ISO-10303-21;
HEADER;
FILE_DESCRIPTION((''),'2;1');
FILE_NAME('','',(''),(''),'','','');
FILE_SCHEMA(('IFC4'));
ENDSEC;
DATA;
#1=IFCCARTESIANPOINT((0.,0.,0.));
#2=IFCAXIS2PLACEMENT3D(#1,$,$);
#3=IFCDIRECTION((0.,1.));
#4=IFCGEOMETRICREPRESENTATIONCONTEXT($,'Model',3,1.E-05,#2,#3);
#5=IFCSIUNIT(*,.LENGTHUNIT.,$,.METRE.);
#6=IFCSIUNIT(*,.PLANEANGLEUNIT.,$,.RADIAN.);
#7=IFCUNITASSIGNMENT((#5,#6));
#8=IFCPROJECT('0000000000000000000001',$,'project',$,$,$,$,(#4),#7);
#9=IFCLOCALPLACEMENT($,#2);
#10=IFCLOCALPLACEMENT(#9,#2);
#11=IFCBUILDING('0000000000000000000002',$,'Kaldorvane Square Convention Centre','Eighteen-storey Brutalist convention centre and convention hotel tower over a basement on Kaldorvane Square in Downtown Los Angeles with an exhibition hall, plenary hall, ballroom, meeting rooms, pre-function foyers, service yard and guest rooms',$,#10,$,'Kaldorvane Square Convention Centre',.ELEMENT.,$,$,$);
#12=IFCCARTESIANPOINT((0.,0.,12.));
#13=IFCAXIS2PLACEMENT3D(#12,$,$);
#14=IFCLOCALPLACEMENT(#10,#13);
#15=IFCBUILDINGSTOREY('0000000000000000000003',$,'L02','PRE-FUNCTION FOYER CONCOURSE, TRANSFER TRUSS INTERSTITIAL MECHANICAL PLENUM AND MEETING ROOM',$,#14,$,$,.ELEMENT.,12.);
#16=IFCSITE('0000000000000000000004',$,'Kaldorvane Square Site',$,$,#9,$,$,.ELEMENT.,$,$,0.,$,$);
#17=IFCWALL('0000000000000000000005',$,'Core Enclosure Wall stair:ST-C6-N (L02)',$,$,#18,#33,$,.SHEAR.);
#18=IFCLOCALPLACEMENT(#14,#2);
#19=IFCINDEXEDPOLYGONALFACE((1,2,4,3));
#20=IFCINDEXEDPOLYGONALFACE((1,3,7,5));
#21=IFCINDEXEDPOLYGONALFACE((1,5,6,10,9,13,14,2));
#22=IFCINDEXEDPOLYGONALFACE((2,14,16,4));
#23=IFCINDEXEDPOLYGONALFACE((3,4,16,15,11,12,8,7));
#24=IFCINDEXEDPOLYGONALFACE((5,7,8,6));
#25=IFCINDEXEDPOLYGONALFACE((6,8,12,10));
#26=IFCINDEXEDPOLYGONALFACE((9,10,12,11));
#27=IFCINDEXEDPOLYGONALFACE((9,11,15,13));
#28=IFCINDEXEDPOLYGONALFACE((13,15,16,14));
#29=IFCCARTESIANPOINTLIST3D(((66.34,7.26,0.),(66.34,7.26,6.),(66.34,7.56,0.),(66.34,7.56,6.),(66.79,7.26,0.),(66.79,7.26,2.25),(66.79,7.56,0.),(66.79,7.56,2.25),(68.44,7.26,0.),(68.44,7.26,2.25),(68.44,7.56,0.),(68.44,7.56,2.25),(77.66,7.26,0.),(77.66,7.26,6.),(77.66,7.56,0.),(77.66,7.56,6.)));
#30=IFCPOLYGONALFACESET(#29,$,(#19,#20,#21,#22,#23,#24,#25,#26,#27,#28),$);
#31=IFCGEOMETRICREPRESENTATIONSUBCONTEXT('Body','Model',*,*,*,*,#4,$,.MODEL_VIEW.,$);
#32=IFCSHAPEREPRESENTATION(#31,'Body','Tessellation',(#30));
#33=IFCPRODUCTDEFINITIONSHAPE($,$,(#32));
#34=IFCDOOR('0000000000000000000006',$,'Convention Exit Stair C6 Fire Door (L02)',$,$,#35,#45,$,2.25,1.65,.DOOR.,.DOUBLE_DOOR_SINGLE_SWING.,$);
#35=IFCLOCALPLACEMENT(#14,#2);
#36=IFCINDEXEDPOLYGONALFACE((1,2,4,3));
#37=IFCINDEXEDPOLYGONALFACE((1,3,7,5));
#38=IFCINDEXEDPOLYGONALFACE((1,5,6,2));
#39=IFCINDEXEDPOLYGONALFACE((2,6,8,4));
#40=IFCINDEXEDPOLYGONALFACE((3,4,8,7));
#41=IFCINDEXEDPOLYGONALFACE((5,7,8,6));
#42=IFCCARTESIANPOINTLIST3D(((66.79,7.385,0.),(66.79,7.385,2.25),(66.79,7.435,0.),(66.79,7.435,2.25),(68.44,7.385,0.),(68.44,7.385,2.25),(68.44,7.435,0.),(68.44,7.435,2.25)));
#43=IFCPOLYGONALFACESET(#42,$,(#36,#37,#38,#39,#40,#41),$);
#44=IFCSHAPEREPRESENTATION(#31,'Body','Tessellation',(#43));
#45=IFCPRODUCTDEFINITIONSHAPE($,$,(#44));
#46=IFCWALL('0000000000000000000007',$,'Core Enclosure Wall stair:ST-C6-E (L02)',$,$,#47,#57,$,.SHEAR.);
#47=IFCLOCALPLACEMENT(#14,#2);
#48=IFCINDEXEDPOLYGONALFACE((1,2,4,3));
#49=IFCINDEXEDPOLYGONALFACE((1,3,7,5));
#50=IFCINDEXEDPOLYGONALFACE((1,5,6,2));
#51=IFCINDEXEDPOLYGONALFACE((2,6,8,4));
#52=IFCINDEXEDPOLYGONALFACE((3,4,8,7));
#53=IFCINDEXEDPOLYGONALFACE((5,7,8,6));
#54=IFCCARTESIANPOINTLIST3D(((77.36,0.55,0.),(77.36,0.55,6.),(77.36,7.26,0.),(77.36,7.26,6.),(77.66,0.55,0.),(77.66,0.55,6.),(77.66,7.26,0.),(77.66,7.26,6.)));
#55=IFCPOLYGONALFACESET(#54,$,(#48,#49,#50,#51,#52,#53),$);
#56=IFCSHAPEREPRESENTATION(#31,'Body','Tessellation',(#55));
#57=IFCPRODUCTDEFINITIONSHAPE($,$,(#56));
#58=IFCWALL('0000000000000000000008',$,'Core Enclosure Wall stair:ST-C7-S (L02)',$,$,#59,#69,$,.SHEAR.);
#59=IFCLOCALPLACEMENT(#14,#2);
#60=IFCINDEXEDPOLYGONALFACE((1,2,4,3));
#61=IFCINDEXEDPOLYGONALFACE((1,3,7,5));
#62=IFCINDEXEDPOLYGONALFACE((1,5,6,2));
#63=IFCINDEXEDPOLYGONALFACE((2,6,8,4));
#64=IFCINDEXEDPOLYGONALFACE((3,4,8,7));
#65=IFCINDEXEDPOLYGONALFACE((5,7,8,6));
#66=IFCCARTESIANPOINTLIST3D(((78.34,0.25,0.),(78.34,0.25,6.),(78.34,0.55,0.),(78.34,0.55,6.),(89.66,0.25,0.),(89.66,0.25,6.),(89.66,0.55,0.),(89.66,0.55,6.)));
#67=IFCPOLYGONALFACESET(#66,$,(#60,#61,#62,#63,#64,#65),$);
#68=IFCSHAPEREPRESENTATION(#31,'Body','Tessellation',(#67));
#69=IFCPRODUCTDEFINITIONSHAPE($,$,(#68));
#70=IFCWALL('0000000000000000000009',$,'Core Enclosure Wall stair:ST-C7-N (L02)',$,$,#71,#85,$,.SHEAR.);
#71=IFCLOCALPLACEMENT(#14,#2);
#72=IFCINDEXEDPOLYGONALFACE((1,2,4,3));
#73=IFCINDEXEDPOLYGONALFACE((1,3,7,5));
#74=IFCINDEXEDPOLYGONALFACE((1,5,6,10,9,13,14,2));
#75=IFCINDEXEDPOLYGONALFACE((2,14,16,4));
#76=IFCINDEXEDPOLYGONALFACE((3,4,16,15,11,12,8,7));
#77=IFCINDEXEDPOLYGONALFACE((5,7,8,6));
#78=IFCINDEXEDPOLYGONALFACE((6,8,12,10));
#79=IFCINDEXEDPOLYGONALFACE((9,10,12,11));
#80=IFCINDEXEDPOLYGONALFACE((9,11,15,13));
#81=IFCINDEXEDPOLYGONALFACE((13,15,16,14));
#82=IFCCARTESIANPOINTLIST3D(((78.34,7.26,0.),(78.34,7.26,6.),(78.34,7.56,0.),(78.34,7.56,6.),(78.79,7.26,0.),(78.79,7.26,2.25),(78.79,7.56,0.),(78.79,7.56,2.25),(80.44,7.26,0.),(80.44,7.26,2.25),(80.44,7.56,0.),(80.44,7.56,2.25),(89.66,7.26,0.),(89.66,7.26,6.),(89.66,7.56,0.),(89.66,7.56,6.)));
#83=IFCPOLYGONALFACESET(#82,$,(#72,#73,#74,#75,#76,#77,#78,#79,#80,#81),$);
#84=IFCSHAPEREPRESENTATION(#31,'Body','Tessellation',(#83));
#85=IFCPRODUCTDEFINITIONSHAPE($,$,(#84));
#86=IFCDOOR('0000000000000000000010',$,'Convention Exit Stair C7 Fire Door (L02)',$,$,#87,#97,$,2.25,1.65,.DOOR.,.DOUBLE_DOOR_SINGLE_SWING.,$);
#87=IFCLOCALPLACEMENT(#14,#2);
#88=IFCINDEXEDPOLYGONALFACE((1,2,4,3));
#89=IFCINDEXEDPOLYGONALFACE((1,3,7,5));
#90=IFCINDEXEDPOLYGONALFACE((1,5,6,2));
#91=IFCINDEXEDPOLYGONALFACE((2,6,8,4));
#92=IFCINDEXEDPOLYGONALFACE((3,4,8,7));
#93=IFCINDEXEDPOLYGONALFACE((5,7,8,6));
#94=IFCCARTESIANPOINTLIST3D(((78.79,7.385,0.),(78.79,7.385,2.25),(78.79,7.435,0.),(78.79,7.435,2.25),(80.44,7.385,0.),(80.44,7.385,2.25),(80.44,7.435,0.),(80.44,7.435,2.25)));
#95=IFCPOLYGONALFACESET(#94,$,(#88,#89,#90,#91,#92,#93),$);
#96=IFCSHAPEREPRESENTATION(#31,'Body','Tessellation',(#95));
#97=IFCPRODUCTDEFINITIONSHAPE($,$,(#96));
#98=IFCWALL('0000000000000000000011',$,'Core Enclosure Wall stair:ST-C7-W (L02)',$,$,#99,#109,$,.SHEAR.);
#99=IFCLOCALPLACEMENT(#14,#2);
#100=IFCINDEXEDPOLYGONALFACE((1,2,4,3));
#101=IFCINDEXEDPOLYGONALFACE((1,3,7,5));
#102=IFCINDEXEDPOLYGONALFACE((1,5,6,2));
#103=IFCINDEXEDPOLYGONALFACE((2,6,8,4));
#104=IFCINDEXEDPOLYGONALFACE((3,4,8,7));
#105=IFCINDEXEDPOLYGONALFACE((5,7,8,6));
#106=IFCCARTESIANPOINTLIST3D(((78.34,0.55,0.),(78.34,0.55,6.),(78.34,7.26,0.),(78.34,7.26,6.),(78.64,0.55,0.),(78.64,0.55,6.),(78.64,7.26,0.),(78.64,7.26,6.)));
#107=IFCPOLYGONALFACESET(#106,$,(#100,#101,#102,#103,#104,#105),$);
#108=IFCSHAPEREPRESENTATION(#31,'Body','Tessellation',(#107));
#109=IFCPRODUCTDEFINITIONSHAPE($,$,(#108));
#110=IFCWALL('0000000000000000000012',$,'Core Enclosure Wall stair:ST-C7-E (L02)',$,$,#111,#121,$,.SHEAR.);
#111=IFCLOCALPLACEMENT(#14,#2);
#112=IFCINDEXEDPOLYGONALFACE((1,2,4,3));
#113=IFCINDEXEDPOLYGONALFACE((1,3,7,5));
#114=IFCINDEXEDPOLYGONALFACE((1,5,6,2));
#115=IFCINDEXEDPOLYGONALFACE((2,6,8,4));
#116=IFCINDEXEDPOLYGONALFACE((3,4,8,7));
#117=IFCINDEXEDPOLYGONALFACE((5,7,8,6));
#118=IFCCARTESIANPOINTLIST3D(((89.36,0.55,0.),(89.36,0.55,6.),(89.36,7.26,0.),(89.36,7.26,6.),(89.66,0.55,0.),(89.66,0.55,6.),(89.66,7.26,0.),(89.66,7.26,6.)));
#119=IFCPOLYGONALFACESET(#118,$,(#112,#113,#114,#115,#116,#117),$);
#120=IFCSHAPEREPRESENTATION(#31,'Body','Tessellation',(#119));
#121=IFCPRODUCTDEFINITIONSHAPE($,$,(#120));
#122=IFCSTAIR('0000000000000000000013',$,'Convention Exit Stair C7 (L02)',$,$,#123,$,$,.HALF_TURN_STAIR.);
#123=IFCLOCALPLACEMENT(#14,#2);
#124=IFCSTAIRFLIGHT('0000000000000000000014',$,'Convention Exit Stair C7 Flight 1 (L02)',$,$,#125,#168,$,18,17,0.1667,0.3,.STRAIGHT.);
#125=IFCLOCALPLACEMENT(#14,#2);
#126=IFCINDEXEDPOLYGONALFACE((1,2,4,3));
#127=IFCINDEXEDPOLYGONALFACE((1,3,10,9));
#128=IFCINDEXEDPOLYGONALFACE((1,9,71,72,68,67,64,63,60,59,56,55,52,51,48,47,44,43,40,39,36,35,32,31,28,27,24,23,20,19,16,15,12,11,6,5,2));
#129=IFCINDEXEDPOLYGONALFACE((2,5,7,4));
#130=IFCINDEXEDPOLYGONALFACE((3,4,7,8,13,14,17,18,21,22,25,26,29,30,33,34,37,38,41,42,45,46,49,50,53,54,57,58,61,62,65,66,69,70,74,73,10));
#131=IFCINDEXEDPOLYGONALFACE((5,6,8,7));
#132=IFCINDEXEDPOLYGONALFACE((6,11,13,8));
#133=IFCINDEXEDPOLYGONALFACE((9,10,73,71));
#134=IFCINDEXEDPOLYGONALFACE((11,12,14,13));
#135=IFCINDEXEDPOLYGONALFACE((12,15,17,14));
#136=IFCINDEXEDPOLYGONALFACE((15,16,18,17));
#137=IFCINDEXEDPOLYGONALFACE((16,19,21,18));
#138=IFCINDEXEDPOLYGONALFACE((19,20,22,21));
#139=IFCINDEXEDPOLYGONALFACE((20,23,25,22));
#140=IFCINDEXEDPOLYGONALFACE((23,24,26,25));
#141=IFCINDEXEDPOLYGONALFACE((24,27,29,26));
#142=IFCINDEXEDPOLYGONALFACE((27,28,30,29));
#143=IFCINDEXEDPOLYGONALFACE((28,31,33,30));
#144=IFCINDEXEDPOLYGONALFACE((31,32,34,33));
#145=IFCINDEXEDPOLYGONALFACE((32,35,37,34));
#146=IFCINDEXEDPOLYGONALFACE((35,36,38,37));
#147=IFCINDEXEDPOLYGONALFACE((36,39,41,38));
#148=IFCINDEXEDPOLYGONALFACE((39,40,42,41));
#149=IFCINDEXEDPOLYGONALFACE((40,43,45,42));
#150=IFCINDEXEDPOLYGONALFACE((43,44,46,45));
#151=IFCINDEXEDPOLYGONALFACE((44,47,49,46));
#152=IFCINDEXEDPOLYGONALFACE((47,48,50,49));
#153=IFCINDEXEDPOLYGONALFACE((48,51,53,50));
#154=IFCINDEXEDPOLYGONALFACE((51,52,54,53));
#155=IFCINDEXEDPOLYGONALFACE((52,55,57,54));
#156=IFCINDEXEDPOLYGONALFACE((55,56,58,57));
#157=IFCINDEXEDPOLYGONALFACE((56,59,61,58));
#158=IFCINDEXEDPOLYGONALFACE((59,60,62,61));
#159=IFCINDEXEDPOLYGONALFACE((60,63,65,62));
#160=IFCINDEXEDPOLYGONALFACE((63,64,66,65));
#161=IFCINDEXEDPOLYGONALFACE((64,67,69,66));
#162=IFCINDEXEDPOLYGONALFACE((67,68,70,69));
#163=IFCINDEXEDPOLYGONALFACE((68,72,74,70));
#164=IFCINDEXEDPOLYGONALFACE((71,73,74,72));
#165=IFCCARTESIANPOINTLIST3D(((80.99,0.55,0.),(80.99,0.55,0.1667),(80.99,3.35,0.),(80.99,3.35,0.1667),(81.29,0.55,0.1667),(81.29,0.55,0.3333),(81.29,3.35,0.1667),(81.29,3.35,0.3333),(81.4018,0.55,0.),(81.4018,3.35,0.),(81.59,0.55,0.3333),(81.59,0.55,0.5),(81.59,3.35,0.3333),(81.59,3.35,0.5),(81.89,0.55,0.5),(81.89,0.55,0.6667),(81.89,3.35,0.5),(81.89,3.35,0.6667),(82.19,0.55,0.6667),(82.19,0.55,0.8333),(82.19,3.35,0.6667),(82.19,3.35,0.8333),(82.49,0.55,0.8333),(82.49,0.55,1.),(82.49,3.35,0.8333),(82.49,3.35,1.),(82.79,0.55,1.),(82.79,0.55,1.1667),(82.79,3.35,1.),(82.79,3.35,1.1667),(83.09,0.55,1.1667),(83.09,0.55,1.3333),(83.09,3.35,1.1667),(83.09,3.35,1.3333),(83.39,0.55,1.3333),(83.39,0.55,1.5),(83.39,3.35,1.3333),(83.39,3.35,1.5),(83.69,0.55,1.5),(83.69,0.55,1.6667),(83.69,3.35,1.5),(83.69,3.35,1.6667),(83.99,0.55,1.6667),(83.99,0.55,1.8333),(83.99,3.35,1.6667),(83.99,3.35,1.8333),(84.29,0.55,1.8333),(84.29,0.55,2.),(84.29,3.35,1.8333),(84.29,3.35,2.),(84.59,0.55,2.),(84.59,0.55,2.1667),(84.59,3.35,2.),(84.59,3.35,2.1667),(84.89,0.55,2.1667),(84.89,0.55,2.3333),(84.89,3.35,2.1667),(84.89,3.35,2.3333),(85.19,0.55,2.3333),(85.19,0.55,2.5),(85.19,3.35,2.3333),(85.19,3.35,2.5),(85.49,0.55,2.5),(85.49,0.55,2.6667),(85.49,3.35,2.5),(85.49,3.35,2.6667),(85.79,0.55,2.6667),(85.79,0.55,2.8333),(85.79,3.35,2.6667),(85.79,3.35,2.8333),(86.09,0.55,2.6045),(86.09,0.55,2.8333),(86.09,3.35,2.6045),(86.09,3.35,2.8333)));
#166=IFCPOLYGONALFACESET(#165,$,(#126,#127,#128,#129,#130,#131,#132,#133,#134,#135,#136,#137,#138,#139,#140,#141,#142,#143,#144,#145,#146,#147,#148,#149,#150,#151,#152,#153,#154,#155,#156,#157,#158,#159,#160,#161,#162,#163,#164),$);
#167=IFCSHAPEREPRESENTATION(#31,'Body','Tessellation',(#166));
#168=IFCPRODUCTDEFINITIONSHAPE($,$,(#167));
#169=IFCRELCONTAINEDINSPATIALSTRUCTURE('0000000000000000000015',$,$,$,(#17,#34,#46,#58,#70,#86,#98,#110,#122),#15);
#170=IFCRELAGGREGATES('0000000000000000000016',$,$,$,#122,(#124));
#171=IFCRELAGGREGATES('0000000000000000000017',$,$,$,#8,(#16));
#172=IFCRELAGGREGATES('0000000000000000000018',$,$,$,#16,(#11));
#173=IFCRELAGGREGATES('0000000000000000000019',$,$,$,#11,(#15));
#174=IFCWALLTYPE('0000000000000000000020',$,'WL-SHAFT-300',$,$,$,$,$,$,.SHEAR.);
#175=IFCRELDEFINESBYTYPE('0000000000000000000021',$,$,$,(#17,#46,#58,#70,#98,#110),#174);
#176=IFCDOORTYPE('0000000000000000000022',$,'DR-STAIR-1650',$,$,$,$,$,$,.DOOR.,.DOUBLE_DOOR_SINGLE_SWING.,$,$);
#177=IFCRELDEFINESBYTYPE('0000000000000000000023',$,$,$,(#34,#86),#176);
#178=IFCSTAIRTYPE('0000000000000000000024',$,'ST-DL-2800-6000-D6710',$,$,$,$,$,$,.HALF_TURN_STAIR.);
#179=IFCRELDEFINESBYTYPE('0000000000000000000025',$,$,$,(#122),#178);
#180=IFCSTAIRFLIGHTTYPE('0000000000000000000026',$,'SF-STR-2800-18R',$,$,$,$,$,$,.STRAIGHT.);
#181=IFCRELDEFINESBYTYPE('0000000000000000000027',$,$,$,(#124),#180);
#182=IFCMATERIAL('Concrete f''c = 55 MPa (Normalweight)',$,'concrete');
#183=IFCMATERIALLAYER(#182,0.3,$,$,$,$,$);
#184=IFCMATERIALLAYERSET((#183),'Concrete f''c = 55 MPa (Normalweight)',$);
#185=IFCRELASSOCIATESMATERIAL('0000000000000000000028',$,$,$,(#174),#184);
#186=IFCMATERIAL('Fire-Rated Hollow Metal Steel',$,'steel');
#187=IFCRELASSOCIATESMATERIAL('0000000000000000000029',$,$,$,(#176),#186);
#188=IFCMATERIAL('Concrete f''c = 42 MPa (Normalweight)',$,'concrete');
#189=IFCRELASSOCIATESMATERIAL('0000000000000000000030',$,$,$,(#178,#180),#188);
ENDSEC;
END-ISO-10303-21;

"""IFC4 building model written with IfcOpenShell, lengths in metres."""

from ifc_helpers import new_model, si_unit, direction, frame, frame_2d, origin, place, context, subcontext, project, spatial, polyline, rectangle, outline, extrude, material, layer, layer_set, type_object, element, fill, aggregate, save


model = new_model("IFC4")

# Units and contexts
model_context = context("Model", 3, precision=1e-05, world=origin(), true_north=direction((0.0, 1.0)))
body_context = subcontext(model_context, "Body", "Model", "MODEL_VIEW")
ifc_project = project(units=[si_unit("LENGTHUNIT", "METRE"), si_unit("PLANEANGLEUNIT", "RADIAN")], contexts=[model_context])

# Site, building, storey
site_placement = place(None, origin())
site = spatial("IfcSite", under=ifc_project, at=site_placement, Name="Kaldorvane Square Site", CompositionType="ELEMENT", RefElevation=0.0)
building_placement = place(site_placement, origin())
building = spatial("IfcBuilding", under=site, at=building_placement, Name="Kaldorvane Square Convention Centre", Description="Eighteen-storey Brutalist convention centre and convention hotel tower over a basement on Kaldorvane Square in Downtown Los Angeles with an exhibition hall, plenary hall, ballroom, meeting rooms, pre-function foyers, service yard and guest rooms", LongName="Kaldorvane Square Convention Centre", CompositionType="ELEMENT")
storey_placement = place(building_placement, frame((0.0, 0.0, 12.0)))
storey = spatial("IfcBuildingStorey", under=building, at=storey_placement, Name="L02", Description="PRE-FUNCTION FOYER CONCOURSE, TRANSFER TRUSS INTERSTITIAL MECHANICAL PLENUM AND MEETING ROOM", CompositionType="ELEMENT", Elevation=12.0)

# Shared definitions
ifc_material_1 = material(Name="Concrete f'c = 55 MPa (Normalweight)", Category="concrete")

# Shared definitions
ifc_material_2 = material(Name="Concrete f'c = 42 MPa (Normalweight)", Category="concrete")

# Shared definitions
ifc_layer_1 = layer(ifc_material_1, 0.3)
ifc_layer_set_1 = layer_set([ifc_layer_1], Name="Concrete f'c = 55 MPa (Normalweight)")
wall_type_1 = type_object("IfcWallType", Name="WL-SHAFT-300", PredefinedType="SHEAR", material=ifc_layer_set_1)

# Wall, opening, door
wall_1_placement = place(storey_placement, frame((77.66, 7.41, 0.0), z_axis=(0.0, 0.0, 1.0), x_axis=(-1.0, 0.0, 0.0)))
wall_1 = element("IfcWall", 1, at=wall_1_placement, inside=storey, type_object=wall_type_1, Name="Core Enclosure Wall stair:ST-C6-N (L02)", PredefinedType="SHEAR", context=body_context, shape_type="SweptSolid", body=[
    extrude(rectangle(XDim=11.32, YDim=0.3, at=frame_2d((5.66, 0.0))), origin(), (0.0, 0.0, 1.0), 6.0),
])
opening_1_placement = place(wall_1_placement, frame((9.22, 0.0, 0.0)))
opening_1 = element("IfcOpeningElement", 2, at=opening_1_placement, cuts=wall_1, PredefinedType="OPENING", context=body_context, shape_type="SweptSolid", body=[
    extrude(rectangle(XDim=1.65, YDim=2.25, at=frame_2d((0.825, 1.125))), frame((0.0, 0.165, 0.0), z_axis=(0.0, -1.0, 0.0), x_axis=(1.0, 0.0, 0.0)), (0.0, 0.0, 1.0), 0.33),
])
ifc_material_3 = material(Name="Fire-Rated Hollow Metal Steel", Category="steel")
door_type = type_object("IfcDoorType", Name="DR-STAIR-1650", OperationType="DOUBLE_DOOR_SINGLE_SWING", PredefinedType="DOOR", material=ifc_material_3)
door_1_placement = place(opening_1_placement, origin())
door_1 = element("IfcDoor", 3, at=door_1_placement, inside=storey, type_object=door_type, Name="Convention Exit Stair C6 Fire Door (L02)", OperationType="DOUBLE_DOOR_SINGLE_SWING", OverallHeight=2.25, OverallWidth=1.65, PredefinedType="DOOR", context=body_context, shape_type="SweptSolid", body=[
    extrude(rectangle(XDim=1.65, YDim=2.25, at=frame_2d((0.825, 1.125))), frame((0.0, 0.025, 0.0), z_axis=(0.0, -1.0, 0.0), x_axis=(1.0, 0.0, 0.0)), (0.0, 0.0, 1.0), 0.05),
])
fill(opening_1, door_1)

# Walls
wall_2_placement = place(storey_placement, frame((77.51, 0.55, 0.0), z_axis=(0.0, 0.0, 1.0), x_axis=(0.0, 1.0, 0.0)))
element("IfcWall", 4, at=wall_2_placement, inside=storey, type_object=wall_type_1, Name="Core Enclosure Wall stair:ST-C6-E (L02)", PredefinedType="SHEAR", context=body_context, shape_type="SweptSolid", body=[
    extrude(rectangle(XDim=6.71, YDim=0.3, at=frame_2d((3.355, 0.0))), origin(), (0.0, 0.0, 1.0), 6.0),
])
wall_3_placement = place(storey_placement, frame((89.66, 0.4, 0.0), z_axis=(0.0, 0.0, 1.0), x_axis=(-1.0, 0.0, 0.0)))
element("IfcWall", 5, at=wall_3_placement, inside=storey, type_object=wall_type_1, Name="Core Enclosure Wall stair:ST-C7-S (L02)", PredefinedType="SHEAR", context=body_context, shape_type="SweptSolid", body=[
    extrude(rectangle(XDim=11.32, YDim=0.3, at=frame_2d((5.66, 0.0))), origin(), (0.0, 0.0, 1.0), 6.0),
])

# Wall, opening, door
wall_4_placement = place(storey_placement, frame((89.66, 7.41, 0.0), z_axis=(0.0, 0.0, 1.0), x_axis=(-1.0, 0.0, 0.0)))
wall_4 = element("IfcWall", 6, at=wall_4_placement, inside=storey, type_object=wall_type_1, Name="Core Enclosure Wall stair:ST-C7-N (L02)", PredefinedType="SHEAR", context=body_context, shape_type="SweptSolid", body=[
    extrude(rectangle(XDim=11.32, YDim=0.3, at=frame_2d((5.66, 0.0))), origin(), (0.0, 0.0, 1.0), 6.0),
])
opening_2_placement = place(wall_4_placement, frame((9.22, 0.0, 0.0)))
opening_2 = element("IfcOpeningElement", 7, at=opening_2_placement, cuts=wall_4, PredefinedType="OPENING", context=body_context, shape_type="SweptSolid", body=[
    extrude(rectangle(XDim=1.65, YDim=2.25, at=frame_2d((0.825, 1.125))), frame((0.0, 0.165, 0.0), z_axis=(0.0, -1.0, 0.0), x_axis=(1.0, 0.0, 0.0)), (0.0, 0.0, 1.0), 0.33),
])
door_2_placement = place(opening_2_placement, origin())
door_2 = element("IfcDoor", 8, at=door_2_placement, inside=storey, type_object=door_type, Name="Convention Exit Stair C7 Fire Door (L02)", OperationType="DOUBLE_DOOR_SINGLE_SWING", OverallHeight=2.25, OverallWidth=1.65, PredefinedType="DOOR", context=body_context, shape_type="SweptSolid", body=[
    extrude(rectangle(XDim=1.65, YDim=2.25, at=frame_2d((0.825, 1.125))), frame((0.0, 0.025, 0.0), z_axis=(0.0, -1.0, 0.0), x_axis=(1.0, 0.0, 0.0)), (0.0, 0.0, 1.0), 0.05),
])
fill(opening_2, door_2)

# Walls
for number, where, z_axis, x_axis, name in (
    (9, (78.49, 7.26, 0.0), (0.0, 0.0, 1.0), (0.0, -1.0, 0.0), "Core Enclosure Wall stair:ST-C7-W (L02)"),
    (10, (89.51, 0.55, 0.0), (0.0, 0.0, 1.0), (0.0, 1.0, 0.0), "Core Enclosure Wall stair:ST-C7-E (L02)"),
):
    element("IfcWall", number, at=place(storey_placement, frame(where, z_axis=z_axis, x_axis=x_axis)), inside=storey, type_object=wall_type_1, Name=name, PredefinedType="SHEAR", context=body_context, shape_type="SweptSolid", body=[
        extrude(rectangle(XDim=6.71, YDim=0.3, at=frame_2d((3.355, 0.0))), origin(), (0.0, 0.0, 1.0), 6.0),
    ])

# Stair, stair flight
stair_type = type_object("IfcStairType", Name="ST-DL-2800-6000-D6710", PredefinedType="HALF_TURN_STAIR", material=ifc_material_2)
stair_placement = place(storey_placement, origin())
stair = element("IfcStair", 11, at=stair_placement, inside=storey, type_object=stair_type, Name="Convention Exit Stair C7 (L02)", PredefinedType="HALF_TURN_STAIR")
stair_flight_type = type_object("IfcStairFlightType", Name="SF-STR-2800-18R", PredefinedType="STRAIGHT", material=ifc_material_2)
stair_flight_1_placement = place(storey_placement, frame((80.99, 1.95, 0.0), z_axis=(0.0, 0.0, 1.0), x_axis=(1.0, 0.0, 0.0)))
stair_flight_1 = element("IfcStairFlight", 12, at=stair_flight_1_placement, type_object=stair_flight_type, Name="Convention Exit Stair C7 Flight 1 (L02)", NumberOfRisers=18, NumberOfTreads=17, PredefinedType="STRAIGHT", RiserHeight=0.1667, TreadLength=0.3, context=body_context, shape_type="SweptSolid", body=[
    extrude(outline(polyline([(0.0, 0.0), (0.0, 0.1667), (0.3, 0.1667), (0.3, 0.3333), (0.6, 0.3333), (0.6, 0.5), (0.9, 0.5), (0.9, 0.6667), (1.2, 0.6667), (1.2, 0.8333), (1.5, 0.8333), (1.5, 1.0), (1.8, 1.0), (1.8, 1.1667), (2.1, 1.1667), (2.1, 1.3333), (2.4, 1.3333), (2.4, 1.5), (2.7, 1.5), (2.7, 1.6667), (3.0, 1.6667), (3.0, 1.8333), (3.3, 1.8333), (3.3, 2.0), (3.6, 2.0), (3.6, 2.1667), (3.9, 2.1667), (3.9, 2.3333), (4.2, 2.3333), (4.2, 2.5), (4.5, 2.5), (4.5, 2.6667), (4.8, 2.6667), (4.8, 2.8333), (5.1, 2.8333), (5.1, 3.0), (5.1, 2.6045), (0.4118, 0.0), (0.0, 0.0)])), frame((0.0, 1.4, 0.0), z_axis=(0.0, -1.0, 0.0), x_axis=(1.0, 0.0, 0.0)), (0.0, 0.0, 1.0), 2.8),
])
aggregate(stair, [stair_flight_1])

save(model, "model.ifc")
